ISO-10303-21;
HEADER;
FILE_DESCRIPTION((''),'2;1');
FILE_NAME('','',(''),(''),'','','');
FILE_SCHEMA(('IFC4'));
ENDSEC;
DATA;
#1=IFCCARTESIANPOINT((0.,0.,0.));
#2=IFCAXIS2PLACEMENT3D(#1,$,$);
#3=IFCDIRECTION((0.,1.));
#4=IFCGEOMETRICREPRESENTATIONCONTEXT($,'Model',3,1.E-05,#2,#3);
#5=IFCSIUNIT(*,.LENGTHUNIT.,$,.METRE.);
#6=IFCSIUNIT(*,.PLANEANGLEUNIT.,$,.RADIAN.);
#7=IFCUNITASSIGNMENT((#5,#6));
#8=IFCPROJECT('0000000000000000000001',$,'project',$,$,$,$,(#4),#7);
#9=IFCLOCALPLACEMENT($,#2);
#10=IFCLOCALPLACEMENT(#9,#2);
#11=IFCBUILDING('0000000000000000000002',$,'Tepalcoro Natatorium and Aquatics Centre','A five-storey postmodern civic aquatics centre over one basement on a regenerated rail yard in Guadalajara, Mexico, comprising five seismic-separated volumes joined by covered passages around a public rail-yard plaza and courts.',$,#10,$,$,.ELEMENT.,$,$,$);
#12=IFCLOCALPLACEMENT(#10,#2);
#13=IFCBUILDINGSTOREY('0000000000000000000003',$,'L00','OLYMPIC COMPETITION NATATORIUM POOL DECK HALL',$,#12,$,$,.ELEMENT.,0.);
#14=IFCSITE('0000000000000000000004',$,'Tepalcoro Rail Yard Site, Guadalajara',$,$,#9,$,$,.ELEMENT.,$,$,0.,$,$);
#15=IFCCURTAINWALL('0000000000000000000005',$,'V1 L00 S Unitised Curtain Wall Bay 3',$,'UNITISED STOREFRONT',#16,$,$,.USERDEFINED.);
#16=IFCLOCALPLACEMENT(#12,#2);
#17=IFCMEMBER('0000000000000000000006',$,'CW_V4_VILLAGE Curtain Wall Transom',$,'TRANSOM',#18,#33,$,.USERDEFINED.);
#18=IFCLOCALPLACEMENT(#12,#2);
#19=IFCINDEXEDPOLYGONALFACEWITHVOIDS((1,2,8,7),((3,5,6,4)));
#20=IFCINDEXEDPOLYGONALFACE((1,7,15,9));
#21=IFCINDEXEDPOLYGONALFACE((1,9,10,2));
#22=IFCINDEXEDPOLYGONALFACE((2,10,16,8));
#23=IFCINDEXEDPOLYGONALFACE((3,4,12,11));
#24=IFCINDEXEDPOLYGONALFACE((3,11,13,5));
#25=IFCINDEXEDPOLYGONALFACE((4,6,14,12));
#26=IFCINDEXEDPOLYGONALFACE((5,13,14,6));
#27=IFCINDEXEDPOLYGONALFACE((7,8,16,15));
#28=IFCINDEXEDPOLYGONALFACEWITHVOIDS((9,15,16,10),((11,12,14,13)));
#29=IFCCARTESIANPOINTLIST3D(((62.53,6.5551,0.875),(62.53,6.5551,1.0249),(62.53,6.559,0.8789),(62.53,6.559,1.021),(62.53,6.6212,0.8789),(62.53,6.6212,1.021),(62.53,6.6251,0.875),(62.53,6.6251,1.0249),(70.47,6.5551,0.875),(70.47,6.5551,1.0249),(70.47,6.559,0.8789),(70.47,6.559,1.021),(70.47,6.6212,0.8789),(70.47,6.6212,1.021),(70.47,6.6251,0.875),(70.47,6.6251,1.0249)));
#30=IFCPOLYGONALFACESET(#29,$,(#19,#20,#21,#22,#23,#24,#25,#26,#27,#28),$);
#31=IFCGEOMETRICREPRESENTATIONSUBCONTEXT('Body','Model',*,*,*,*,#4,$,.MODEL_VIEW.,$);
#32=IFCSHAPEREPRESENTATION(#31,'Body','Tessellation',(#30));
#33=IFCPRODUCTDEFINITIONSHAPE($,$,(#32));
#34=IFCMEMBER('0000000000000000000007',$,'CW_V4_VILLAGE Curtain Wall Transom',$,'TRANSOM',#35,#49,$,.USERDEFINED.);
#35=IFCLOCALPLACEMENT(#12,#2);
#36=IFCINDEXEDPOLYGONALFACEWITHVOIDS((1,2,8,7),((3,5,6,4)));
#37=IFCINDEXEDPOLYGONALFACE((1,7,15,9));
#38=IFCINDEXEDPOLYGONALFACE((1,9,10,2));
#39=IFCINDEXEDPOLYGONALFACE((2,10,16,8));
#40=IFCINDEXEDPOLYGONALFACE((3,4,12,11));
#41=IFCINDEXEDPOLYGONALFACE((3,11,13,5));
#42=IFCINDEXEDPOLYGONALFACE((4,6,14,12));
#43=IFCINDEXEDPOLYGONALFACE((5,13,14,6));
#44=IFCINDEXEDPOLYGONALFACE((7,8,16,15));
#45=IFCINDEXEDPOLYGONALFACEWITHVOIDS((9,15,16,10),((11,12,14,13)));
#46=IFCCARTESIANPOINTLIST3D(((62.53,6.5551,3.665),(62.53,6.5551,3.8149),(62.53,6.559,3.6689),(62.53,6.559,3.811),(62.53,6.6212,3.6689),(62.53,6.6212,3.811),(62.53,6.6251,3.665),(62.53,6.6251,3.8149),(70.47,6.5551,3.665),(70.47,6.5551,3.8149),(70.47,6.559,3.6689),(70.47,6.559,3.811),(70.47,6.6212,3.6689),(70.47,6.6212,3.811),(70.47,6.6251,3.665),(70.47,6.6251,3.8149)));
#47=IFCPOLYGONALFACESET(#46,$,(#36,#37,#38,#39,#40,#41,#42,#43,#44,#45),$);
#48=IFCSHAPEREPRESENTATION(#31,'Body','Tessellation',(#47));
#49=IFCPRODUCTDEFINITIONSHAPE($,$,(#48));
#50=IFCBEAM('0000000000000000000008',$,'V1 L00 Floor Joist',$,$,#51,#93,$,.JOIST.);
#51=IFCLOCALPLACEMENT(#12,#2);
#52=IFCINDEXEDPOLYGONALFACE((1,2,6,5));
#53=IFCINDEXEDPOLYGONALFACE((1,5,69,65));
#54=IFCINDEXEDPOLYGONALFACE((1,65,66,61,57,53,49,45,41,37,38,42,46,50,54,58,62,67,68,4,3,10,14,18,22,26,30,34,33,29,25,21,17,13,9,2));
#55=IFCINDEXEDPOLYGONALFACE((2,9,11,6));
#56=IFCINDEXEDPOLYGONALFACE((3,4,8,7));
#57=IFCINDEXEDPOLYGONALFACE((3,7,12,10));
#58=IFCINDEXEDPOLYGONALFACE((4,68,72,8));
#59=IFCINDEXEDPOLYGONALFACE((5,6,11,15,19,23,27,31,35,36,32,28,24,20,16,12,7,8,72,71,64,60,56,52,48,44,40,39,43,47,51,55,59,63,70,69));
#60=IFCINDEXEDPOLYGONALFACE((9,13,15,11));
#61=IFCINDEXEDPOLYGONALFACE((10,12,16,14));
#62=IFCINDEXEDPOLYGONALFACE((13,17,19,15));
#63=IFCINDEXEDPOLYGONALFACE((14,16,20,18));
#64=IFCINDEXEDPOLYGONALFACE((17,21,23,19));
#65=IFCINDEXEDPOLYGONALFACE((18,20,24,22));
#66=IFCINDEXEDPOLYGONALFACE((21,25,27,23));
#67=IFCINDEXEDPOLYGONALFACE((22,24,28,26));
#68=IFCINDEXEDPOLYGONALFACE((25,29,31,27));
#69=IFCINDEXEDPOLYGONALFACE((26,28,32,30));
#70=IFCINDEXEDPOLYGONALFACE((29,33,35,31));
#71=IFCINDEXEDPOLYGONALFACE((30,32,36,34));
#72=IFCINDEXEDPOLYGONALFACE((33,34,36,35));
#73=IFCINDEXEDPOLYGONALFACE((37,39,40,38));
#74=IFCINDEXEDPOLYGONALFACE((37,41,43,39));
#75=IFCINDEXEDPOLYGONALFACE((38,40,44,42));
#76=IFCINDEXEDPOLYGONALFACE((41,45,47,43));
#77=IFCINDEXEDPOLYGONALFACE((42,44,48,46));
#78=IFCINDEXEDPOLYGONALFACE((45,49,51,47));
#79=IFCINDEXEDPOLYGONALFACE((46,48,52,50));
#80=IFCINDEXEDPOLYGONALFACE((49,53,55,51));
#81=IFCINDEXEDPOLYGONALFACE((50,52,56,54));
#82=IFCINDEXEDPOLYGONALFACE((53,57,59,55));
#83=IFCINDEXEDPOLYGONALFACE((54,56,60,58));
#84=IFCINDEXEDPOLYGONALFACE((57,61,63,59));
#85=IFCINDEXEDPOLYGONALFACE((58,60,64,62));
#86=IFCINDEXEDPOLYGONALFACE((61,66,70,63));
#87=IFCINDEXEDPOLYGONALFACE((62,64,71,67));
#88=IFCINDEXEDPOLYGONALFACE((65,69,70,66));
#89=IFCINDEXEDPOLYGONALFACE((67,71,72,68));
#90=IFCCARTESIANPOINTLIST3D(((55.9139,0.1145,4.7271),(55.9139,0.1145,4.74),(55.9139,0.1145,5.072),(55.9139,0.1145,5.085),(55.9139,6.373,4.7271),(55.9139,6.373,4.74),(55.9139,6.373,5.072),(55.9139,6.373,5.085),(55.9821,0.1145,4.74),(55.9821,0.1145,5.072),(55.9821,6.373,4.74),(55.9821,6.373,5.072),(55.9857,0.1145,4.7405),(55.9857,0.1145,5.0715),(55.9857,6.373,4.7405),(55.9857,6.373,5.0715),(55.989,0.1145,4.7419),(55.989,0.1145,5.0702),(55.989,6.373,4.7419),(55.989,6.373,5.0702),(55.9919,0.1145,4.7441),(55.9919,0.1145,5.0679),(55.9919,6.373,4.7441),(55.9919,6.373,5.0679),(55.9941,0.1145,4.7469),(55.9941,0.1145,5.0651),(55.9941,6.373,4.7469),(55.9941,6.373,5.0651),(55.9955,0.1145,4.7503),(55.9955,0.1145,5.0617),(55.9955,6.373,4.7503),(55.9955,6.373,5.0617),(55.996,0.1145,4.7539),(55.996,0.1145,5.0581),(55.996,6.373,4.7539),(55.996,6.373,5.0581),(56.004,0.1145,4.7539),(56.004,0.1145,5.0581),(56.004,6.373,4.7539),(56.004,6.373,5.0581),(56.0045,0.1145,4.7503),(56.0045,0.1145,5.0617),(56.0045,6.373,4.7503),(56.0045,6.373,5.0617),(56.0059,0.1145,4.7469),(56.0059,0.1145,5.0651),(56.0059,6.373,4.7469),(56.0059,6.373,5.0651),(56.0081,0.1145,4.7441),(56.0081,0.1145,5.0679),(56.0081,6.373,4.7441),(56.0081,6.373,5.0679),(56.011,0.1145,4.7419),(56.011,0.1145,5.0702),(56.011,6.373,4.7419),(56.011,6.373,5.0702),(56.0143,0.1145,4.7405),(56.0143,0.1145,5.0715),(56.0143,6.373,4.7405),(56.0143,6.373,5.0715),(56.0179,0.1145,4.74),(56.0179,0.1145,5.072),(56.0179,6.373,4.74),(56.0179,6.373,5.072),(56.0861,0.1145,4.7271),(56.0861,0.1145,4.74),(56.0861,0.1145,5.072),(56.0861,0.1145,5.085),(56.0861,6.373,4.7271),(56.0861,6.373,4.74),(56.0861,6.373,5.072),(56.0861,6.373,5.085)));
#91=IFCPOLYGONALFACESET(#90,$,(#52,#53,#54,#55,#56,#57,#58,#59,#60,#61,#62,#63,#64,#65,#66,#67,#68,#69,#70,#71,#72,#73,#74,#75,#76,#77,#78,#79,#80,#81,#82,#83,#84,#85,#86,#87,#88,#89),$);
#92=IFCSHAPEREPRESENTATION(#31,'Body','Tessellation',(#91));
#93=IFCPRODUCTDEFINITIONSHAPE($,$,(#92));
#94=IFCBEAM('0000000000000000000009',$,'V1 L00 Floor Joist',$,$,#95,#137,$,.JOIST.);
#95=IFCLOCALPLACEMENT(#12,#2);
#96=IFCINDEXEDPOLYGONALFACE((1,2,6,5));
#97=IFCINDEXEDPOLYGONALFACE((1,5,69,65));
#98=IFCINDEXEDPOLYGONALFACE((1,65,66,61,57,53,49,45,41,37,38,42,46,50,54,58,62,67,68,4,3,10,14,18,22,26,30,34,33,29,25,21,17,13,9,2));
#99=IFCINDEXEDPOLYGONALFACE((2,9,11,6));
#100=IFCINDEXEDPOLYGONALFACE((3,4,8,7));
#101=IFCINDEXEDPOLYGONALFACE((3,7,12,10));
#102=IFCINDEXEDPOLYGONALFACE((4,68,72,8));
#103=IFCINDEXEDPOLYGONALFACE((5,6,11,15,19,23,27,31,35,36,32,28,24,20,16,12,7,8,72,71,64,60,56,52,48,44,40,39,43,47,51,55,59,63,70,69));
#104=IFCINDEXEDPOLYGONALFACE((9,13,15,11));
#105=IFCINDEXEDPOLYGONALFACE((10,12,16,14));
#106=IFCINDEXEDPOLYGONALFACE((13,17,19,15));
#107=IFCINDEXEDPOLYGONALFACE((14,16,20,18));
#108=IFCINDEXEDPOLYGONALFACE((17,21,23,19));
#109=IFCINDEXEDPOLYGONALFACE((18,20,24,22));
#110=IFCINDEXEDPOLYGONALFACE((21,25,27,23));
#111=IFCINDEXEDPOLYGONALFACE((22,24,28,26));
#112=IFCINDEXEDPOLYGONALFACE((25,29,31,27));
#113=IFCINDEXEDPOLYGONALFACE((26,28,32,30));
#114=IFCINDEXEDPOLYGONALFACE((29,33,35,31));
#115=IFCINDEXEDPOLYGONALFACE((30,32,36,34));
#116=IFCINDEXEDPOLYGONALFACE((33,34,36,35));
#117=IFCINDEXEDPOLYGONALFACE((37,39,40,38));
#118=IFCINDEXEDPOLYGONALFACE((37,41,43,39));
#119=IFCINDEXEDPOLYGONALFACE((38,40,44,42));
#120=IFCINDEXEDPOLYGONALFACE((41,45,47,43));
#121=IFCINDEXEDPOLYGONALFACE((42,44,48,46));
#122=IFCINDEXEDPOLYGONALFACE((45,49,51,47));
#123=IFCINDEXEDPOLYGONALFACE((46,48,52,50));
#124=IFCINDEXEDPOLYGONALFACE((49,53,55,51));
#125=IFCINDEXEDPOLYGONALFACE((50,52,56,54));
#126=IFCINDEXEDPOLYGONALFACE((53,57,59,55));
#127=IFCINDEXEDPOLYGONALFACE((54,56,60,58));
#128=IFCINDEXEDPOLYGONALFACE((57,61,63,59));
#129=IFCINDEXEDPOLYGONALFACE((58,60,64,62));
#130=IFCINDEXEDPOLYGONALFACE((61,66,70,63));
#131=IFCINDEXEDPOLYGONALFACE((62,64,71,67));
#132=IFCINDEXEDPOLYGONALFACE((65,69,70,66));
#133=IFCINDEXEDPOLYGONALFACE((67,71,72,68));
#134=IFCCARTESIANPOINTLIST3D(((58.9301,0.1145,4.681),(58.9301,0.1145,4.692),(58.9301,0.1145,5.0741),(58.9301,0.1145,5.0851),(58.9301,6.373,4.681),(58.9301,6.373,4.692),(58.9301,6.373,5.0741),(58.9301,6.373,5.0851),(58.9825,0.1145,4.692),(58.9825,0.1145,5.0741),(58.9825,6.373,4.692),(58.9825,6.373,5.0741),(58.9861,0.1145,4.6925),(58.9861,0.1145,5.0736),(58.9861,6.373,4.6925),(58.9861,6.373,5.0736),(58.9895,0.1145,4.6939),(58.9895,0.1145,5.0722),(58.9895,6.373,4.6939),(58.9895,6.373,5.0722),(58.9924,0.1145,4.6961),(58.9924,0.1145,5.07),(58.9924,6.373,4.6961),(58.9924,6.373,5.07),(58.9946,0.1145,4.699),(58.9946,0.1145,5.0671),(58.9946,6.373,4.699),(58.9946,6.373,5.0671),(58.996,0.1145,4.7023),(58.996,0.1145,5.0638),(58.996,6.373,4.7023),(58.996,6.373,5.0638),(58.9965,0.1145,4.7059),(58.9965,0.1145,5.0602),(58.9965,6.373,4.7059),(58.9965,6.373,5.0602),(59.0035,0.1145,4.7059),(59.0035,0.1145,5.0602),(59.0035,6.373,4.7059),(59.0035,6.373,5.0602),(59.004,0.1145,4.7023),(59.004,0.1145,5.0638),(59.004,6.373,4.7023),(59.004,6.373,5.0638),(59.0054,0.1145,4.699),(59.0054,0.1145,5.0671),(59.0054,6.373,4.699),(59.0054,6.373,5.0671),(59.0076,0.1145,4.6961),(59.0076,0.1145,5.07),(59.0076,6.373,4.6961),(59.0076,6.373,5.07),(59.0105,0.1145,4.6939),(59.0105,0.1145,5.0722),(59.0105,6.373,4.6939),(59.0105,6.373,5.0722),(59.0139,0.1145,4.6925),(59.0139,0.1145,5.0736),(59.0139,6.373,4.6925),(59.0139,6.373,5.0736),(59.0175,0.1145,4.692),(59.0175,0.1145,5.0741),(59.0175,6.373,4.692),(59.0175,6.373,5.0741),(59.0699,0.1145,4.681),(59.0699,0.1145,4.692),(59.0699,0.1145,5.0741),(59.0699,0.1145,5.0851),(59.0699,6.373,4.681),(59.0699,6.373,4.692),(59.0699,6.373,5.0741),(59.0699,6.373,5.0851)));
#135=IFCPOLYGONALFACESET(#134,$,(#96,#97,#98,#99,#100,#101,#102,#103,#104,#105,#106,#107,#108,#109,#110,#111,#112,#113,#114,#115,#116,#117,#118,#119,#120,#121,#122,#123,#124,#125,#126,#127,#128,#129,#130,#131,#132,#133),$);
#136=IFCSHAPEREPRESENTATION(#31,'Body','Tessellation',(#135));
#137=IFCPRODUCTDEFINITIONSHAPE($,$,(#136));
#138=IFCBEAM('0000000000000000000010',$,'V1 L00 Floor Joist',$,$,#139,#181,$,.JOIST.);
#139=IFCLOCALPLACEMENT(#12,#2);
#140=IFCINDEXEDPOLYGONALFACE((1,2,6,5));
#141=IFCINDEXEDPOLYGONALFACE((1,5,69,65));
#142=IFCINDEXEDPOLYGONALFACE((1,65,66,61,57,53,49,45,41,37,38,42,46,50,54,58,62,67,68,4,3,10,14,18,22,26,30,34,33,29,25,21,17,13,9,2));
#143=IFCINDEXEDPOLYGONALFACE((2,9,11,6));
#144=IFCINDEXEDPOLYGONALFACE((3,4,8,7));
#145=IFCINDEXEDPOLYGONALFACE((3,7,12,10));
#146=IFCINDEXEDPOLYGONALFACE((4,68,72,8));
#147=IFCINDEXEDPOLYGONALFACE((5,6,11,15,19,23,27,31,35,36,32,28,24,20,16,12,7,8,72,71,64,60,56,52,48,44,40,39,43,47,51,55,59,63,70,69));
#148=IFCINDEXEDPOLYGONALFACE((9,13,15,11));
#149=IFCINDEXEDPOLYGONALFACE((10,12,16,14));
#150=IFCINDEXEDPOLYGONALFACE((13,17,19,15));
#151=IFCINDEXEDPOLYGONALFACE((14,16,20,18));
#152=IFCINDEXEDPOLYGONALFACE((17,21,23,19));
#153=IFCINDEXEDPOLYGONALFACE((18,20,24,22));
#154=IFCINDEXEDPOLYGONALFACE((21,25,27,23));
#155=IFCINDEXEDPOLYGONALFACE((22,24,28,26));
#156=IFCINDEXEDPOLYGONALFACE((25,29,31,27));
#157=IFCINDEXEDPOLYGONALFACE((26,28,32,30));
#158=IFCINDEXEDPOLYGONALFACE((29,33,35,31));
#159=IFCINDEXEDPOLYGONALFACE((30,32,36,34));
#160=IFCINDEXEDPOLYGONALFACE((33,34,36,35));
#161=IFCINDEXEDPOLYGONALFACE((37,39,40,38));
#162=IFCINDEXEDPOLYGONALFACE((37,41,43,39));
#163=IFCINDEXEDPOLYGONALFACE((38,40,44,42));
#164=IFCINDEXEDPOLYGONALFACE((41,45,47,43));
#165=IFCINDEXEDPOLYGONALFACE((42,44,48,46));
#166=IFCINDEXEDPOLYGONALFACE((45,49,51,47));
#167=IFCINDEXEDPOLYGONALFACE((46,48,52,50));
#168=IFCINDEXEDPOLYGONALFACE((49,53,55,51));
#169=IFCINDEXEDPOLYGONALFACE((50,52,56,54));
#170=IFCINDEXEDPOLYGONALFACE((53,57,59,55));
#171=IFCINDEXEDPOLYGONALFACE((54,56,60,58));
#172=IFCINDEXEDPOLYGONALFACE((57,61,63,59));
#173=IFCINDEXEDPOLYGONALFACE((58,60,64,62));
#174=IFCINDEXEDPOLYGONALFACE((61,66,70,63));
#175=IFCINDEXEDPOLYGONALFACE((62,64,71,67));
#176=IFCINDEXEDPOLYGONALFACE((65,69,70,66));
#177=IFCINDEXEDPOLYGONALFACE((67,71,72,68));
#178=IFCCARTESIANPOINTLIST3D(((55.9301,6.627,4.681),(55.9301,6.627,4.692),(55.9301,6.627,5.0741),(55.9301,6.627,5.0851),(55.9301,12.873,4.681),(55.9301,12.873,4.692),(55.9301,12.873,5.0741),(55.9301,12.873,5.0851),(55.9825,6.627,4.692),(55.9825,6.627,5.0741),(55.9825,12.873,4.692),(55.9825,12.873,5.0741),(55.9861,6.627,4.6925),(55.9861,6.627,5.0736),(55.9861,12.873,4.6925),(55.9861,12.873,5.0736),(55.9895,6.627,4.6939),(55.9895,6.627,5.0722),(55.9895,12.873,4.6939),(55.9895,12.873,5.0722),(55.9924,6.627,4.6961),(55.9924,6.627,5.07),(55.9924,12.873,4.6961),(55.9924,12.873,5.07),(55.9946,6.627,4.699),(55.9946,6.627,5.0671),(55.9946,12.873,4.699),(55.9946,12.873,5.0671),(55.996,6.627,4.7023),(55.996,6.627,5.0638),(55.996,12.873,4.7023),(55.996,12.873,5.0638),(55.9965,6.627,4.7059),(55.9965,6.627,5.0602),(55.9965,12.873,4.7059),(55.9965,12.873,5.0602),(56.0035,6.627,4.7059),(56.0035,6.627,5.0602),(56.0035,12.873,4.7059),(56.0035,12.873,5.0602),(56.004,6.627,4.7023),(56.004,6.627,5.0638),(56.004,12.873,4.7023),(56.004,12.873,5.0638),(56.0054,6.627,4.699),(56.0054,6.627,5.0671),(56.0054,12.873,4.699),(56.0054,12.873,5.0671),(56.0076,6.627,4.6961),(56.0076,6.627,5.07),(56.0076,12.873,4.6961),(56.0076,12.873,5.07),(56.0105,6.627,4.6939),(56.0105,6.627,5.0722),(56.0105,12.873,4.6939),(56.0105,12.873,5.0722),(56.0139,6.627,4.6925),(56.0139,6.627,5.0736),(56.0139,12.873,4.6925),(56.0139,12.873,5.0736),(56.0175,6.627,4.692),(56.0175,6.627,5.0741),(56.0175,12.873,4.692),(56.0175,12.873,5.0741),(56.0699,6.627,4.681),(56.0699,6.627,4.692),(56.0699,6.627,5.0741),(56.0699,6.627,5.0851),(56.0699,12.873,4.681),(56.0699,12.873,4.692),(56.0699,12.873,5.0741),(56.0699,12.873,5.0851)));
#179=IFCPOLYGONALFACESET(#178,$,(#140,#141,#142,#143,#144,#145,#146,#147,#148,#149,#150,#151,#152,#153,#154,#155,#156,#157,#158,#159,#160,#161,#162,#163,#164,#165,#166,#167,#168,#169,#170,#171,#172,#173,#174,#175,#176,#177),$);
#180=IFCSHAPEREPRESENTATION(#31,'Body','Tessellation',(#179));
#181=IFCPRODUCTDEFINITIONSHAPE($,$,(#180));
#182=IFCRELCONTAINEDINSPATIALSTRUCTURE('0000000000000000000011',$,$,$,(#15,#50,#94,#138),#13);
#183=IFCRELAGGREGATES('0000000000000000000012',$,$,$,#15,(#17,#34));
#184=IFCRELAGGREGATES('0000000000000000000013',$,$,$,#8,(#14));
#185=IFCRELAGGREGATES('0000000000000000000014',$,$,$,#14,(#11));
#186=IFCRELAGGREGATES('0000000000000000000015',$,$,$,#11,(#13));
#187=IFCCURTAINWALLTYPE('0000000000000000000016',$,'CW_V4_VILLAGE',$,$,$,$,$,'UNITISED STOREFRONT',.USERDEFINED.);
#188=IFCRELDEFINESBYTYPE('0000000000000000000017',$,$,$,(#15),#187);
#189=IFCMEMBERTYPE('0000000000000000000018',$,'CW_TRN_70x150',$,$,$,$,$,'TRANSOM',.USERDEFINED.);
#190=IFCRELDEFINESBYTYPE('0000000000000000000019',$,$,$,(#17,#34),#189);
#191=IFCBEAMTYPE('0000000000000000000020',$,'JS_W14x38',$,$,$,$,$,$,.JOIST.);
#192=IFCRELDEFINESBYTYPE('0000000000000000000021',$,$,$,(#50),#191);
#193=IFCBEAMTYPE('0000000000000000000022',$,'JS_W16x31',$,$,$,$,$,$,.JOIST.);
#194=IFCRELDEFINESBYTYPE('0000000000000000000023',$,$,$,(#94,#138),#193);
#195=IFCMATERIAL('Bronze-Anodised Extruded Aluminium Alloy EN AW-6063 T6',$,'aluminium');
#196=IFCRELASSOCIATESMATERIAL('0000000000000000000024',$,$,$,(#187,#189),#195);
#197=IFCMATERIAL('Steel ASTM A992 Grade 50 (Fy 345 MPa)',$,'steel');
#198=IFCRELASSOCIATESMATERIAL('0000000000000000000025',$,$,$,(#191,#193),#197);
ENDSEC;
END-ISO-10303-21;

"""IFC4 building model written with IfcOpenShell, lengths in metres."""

from ifc_helpers import new_model, si_unit, direction, frame, origin, origin_2d, place, context, subcontext, project, spatial, hollow_rectangle, i_section, extrude, material, material_profile, profile_set, type_object, element, aggregate, save


model = new_model("IFC4")

# Units and contexts
model_context = context("Model", 3, precision=1e-05, world=origin(), true_north=direction((0.0, 1.0)))
body_context = subcontext(model_context, "Body", "Model", "MODEL_VIEW")
ifc_project = project(units=[si_unit("LENGTHUNIT", "METRE"), si_unit("PLANEANGLEUNIT", "RADIAN")], contexts=[model_context])

# Site, building, storey
site_placement = place(None, origin())
site = spatial("IfcSite", under=ifc_project, at=site_placement, Name="Tepalcoro Rail Yard Site, Guadalajara", CompositionType="ELEMENT", RefElevation=0.0)
building_placement = place(site_placement, origin())
building = spatial("IfcBuilding", under=site, at=building_placement, Name="Tepalcoro Natatorium and Aquatics Centre", Description="A five-storey postmodern civic aquatics centre over one basement on a regenerated rail yard in Guadalajara, Mexico, comprising five seismic-separated volumes joined by covered passages around a public rail-yard plaza and courts.", CompositionType="ELEMENT")
storey_placement = place(building_placement, origin())
storey = spatial("IfcBuildingStorey", under=building, at=storey_placement, Name="L00", Description="OLYMPIC COMPETITION NATATORIUM POOL DECK HALL", CompositionType="ELEMENT", Elevation=0.0)

# Shared definitions
ifc_material_1 = material(Name="Steel ASTM A992 Grade 50 (Fy 345 MPa)", Category="steel")

# Curtain wall, members
ifc_material_2 = material(Name="Bronze-Anodised Extruded Aluminium Alloy EN AW-6063 T6", Category="aluminium")
curtain_wall_type = type_object("IfcCurtainWallType", Name="CW_V4_VILLAGE", ElementType="UNITISED STOREFRONT", PredefinedType="USERDEFINED", material=ifc_material_2)
curtain_wall_placement = place(storey_placement, origin())
curtain_wall = element("IfcCurtainWall", 1, at=curtain_wall_placement, inside=storey, type_object=curtain_wall_type, Name="V1 L00 S Unitised Curtain Wall Bay 3", ObjectType="UNITISED STOREFRONT", PredefinedType="USERDEFINED")
ifc_material_profile_1 = material_profile(ifc_material_2, hollow_rectangle(XDim=0.0701, YDim=0.1499, WallThickness=0.0039, at=origin_2d()), Name="AL70X150X4")
ifc_profile_set_1 = profile_set([ifc_material_profile_1], Name="Bronze-Anodised Extruded Aluminium Alloy EN AW-6063 T6")
member_type_1 = type_object("IfcMemberType", Name="CW_TRN_70x150", ElementType="TRANSOM", PredefinedType="USERDEFINED", material=ifc_profile_set_1)
member_1_placement = place(storey_placement, frame((62.53, 6.5901, 0.95), z_axis=(1.0, 0.0, 0.0), x_axis=(0.0, 1.0, 0.0)))
member_1 = element("IfcMember", 2, at=member_1_placement, type_object=member_type_1, Name="CW_V4_VILLAGE Curtain Wall Transom", ObjectType="TRANSOM", PredefinedType="USERDEFINED", context=body_context, shape_type="SweptSolid", body=[
    extrude(hollow_rectangle(XDim=0.0701, YDim=0.1499, WallThickness=0.0039, at=origin_2d()), origin(), (0.0, 0.0, 1.0), 7.9399),
])
member_2_placement = place(storey_placement, frame((62.53, 6.5901, 3.74), z_axis=(1.0, 0.0, 0.0), x_axis=(0.0, 1.0, 0.0)))
member_2 = element("IfcMember", 3, at=member_2_placement, type_object=member_type_1, Name="CW_V4_VILLAGE Curtain Wall Transom", ObjectType="TRANSOM", PredefinedType="USERDEFINED", context=body_context, shape_type="SweptSolid", body=[
    extrude(hollow_rectangle(XDim=0.0701, YDim=0.1499, WallThickness=0.0039, at=origin_2d()), origin(), (0.0, 0.0, 1.0), 7.9399),
])
aggregate(curtain_wall, [member_1, member_2])

# Beams
ifc_material_profile_2 = material_profile(ifc_material_1, i_section(OverallWidth=0.1721, OverallDepth=0.3579, WebThickness=0.0081, FlangeThickness=0.0129, FilletRadius=0.0139, at=origin_2d()), Name="W14X38")
ifc_profile_set_2 = profile_set([ifc_material_profile_2], Name="Steel ASTM A992 Grade 50 (Fy 345 MPa)")
beam_type_1 = type_object("IfcBeamType", Name="JS_W14x38", PredefinedType="JOIST", material=ifc_profile_set_2)
beam_1_placement = place(storey_placement, frame((56.0, 0.1145, 4.906), z_axis=(0.0, 1.0, 0.0), x_axis=(-1.0, 0.0, 0.0)))
element("IfcBeam", 4, at=beam_1_placement, inside=storey, type_object=beam_type_1, Name="V1 L00 Floor Joist", PredefinedType="JOIST", context=body_context, shape_type="SweptSolid", body=[
    extrude(i_section(OverallWidth=0.1721, OverallDepth=0.3579, WebThickness=0.0081, FlangeThickness=0.0129, FilletRadius=0.0139, at=origin_2d()), origin(), (0.0, 0.0, 1.0), 6.2585),
])
ifc_material_profile_3 = material_profile(ifc_material_1, i_section(OverallWidth=0.1399, OverallDepth=0.4041, WebThickness=0.0071, FlangeThickness=0.011, FilletRadius=0.0139, at=origin_2d()), Name="W16X31")
ifc_profile_set_3 = profile_set([ifc_material_profile_3], Name="Steel ASTM A992 Grade 50 (Fy 345 MPa)")
beam_type_2 = type_object("IfcBeamType", Name="JS_W16x31", PredefinedType="JOIST", material=ifc_profile_set_3)
beam_2_placement = place(storey_placement, frame((59.0, 0.1145, 4.8831), z_axis=(0.0, 1.0, 0.0), x_axis=(-1.0, 0.0, 0.0)))
element("IfcBeam", 5, at=beam_2_placement, inside=storey, type_object=beam_type_2, Name="V1 L00 Floor Joist", PredefinedType="JOIST", context=body_context, shape_type="SweptSolid", body=[
    extrude(i_section(OverallWidth=0.1399, OverallDepth=0.4041, WebThickness=0.0071, FlangeThickness=0.011, FilletRadius=0.0139, at=origin_2d()), origin(), (0.0, 0.0, 1.0), 6.2585),
])
beam_3_placement = place(storey_placement, frame((56.0, 6.627, 4.8831), z_axis=(0.0, 1.0, 0.0), x_axis=(-1.0, 0.0, 0.0)))
element("IfcBeam", 6, at=beam_3_placement, inside=storey, type_object=beam_type_2, Name="V1 L00 Floor Joist", PredefinedType="JOIST", context=body_context, shape_type="SweptSolid", body=[
    extrude(i_section(OverallWidth=0.1399, OverallDepth=0.4041, WebThickness=0.0071, FlangeThickness=0.011, FilletRadius=0.0139, at=origin_2d()), origin(), (0.0, 0.0, 1.0), 6.2461),
])

save(model, "model.ifc")
